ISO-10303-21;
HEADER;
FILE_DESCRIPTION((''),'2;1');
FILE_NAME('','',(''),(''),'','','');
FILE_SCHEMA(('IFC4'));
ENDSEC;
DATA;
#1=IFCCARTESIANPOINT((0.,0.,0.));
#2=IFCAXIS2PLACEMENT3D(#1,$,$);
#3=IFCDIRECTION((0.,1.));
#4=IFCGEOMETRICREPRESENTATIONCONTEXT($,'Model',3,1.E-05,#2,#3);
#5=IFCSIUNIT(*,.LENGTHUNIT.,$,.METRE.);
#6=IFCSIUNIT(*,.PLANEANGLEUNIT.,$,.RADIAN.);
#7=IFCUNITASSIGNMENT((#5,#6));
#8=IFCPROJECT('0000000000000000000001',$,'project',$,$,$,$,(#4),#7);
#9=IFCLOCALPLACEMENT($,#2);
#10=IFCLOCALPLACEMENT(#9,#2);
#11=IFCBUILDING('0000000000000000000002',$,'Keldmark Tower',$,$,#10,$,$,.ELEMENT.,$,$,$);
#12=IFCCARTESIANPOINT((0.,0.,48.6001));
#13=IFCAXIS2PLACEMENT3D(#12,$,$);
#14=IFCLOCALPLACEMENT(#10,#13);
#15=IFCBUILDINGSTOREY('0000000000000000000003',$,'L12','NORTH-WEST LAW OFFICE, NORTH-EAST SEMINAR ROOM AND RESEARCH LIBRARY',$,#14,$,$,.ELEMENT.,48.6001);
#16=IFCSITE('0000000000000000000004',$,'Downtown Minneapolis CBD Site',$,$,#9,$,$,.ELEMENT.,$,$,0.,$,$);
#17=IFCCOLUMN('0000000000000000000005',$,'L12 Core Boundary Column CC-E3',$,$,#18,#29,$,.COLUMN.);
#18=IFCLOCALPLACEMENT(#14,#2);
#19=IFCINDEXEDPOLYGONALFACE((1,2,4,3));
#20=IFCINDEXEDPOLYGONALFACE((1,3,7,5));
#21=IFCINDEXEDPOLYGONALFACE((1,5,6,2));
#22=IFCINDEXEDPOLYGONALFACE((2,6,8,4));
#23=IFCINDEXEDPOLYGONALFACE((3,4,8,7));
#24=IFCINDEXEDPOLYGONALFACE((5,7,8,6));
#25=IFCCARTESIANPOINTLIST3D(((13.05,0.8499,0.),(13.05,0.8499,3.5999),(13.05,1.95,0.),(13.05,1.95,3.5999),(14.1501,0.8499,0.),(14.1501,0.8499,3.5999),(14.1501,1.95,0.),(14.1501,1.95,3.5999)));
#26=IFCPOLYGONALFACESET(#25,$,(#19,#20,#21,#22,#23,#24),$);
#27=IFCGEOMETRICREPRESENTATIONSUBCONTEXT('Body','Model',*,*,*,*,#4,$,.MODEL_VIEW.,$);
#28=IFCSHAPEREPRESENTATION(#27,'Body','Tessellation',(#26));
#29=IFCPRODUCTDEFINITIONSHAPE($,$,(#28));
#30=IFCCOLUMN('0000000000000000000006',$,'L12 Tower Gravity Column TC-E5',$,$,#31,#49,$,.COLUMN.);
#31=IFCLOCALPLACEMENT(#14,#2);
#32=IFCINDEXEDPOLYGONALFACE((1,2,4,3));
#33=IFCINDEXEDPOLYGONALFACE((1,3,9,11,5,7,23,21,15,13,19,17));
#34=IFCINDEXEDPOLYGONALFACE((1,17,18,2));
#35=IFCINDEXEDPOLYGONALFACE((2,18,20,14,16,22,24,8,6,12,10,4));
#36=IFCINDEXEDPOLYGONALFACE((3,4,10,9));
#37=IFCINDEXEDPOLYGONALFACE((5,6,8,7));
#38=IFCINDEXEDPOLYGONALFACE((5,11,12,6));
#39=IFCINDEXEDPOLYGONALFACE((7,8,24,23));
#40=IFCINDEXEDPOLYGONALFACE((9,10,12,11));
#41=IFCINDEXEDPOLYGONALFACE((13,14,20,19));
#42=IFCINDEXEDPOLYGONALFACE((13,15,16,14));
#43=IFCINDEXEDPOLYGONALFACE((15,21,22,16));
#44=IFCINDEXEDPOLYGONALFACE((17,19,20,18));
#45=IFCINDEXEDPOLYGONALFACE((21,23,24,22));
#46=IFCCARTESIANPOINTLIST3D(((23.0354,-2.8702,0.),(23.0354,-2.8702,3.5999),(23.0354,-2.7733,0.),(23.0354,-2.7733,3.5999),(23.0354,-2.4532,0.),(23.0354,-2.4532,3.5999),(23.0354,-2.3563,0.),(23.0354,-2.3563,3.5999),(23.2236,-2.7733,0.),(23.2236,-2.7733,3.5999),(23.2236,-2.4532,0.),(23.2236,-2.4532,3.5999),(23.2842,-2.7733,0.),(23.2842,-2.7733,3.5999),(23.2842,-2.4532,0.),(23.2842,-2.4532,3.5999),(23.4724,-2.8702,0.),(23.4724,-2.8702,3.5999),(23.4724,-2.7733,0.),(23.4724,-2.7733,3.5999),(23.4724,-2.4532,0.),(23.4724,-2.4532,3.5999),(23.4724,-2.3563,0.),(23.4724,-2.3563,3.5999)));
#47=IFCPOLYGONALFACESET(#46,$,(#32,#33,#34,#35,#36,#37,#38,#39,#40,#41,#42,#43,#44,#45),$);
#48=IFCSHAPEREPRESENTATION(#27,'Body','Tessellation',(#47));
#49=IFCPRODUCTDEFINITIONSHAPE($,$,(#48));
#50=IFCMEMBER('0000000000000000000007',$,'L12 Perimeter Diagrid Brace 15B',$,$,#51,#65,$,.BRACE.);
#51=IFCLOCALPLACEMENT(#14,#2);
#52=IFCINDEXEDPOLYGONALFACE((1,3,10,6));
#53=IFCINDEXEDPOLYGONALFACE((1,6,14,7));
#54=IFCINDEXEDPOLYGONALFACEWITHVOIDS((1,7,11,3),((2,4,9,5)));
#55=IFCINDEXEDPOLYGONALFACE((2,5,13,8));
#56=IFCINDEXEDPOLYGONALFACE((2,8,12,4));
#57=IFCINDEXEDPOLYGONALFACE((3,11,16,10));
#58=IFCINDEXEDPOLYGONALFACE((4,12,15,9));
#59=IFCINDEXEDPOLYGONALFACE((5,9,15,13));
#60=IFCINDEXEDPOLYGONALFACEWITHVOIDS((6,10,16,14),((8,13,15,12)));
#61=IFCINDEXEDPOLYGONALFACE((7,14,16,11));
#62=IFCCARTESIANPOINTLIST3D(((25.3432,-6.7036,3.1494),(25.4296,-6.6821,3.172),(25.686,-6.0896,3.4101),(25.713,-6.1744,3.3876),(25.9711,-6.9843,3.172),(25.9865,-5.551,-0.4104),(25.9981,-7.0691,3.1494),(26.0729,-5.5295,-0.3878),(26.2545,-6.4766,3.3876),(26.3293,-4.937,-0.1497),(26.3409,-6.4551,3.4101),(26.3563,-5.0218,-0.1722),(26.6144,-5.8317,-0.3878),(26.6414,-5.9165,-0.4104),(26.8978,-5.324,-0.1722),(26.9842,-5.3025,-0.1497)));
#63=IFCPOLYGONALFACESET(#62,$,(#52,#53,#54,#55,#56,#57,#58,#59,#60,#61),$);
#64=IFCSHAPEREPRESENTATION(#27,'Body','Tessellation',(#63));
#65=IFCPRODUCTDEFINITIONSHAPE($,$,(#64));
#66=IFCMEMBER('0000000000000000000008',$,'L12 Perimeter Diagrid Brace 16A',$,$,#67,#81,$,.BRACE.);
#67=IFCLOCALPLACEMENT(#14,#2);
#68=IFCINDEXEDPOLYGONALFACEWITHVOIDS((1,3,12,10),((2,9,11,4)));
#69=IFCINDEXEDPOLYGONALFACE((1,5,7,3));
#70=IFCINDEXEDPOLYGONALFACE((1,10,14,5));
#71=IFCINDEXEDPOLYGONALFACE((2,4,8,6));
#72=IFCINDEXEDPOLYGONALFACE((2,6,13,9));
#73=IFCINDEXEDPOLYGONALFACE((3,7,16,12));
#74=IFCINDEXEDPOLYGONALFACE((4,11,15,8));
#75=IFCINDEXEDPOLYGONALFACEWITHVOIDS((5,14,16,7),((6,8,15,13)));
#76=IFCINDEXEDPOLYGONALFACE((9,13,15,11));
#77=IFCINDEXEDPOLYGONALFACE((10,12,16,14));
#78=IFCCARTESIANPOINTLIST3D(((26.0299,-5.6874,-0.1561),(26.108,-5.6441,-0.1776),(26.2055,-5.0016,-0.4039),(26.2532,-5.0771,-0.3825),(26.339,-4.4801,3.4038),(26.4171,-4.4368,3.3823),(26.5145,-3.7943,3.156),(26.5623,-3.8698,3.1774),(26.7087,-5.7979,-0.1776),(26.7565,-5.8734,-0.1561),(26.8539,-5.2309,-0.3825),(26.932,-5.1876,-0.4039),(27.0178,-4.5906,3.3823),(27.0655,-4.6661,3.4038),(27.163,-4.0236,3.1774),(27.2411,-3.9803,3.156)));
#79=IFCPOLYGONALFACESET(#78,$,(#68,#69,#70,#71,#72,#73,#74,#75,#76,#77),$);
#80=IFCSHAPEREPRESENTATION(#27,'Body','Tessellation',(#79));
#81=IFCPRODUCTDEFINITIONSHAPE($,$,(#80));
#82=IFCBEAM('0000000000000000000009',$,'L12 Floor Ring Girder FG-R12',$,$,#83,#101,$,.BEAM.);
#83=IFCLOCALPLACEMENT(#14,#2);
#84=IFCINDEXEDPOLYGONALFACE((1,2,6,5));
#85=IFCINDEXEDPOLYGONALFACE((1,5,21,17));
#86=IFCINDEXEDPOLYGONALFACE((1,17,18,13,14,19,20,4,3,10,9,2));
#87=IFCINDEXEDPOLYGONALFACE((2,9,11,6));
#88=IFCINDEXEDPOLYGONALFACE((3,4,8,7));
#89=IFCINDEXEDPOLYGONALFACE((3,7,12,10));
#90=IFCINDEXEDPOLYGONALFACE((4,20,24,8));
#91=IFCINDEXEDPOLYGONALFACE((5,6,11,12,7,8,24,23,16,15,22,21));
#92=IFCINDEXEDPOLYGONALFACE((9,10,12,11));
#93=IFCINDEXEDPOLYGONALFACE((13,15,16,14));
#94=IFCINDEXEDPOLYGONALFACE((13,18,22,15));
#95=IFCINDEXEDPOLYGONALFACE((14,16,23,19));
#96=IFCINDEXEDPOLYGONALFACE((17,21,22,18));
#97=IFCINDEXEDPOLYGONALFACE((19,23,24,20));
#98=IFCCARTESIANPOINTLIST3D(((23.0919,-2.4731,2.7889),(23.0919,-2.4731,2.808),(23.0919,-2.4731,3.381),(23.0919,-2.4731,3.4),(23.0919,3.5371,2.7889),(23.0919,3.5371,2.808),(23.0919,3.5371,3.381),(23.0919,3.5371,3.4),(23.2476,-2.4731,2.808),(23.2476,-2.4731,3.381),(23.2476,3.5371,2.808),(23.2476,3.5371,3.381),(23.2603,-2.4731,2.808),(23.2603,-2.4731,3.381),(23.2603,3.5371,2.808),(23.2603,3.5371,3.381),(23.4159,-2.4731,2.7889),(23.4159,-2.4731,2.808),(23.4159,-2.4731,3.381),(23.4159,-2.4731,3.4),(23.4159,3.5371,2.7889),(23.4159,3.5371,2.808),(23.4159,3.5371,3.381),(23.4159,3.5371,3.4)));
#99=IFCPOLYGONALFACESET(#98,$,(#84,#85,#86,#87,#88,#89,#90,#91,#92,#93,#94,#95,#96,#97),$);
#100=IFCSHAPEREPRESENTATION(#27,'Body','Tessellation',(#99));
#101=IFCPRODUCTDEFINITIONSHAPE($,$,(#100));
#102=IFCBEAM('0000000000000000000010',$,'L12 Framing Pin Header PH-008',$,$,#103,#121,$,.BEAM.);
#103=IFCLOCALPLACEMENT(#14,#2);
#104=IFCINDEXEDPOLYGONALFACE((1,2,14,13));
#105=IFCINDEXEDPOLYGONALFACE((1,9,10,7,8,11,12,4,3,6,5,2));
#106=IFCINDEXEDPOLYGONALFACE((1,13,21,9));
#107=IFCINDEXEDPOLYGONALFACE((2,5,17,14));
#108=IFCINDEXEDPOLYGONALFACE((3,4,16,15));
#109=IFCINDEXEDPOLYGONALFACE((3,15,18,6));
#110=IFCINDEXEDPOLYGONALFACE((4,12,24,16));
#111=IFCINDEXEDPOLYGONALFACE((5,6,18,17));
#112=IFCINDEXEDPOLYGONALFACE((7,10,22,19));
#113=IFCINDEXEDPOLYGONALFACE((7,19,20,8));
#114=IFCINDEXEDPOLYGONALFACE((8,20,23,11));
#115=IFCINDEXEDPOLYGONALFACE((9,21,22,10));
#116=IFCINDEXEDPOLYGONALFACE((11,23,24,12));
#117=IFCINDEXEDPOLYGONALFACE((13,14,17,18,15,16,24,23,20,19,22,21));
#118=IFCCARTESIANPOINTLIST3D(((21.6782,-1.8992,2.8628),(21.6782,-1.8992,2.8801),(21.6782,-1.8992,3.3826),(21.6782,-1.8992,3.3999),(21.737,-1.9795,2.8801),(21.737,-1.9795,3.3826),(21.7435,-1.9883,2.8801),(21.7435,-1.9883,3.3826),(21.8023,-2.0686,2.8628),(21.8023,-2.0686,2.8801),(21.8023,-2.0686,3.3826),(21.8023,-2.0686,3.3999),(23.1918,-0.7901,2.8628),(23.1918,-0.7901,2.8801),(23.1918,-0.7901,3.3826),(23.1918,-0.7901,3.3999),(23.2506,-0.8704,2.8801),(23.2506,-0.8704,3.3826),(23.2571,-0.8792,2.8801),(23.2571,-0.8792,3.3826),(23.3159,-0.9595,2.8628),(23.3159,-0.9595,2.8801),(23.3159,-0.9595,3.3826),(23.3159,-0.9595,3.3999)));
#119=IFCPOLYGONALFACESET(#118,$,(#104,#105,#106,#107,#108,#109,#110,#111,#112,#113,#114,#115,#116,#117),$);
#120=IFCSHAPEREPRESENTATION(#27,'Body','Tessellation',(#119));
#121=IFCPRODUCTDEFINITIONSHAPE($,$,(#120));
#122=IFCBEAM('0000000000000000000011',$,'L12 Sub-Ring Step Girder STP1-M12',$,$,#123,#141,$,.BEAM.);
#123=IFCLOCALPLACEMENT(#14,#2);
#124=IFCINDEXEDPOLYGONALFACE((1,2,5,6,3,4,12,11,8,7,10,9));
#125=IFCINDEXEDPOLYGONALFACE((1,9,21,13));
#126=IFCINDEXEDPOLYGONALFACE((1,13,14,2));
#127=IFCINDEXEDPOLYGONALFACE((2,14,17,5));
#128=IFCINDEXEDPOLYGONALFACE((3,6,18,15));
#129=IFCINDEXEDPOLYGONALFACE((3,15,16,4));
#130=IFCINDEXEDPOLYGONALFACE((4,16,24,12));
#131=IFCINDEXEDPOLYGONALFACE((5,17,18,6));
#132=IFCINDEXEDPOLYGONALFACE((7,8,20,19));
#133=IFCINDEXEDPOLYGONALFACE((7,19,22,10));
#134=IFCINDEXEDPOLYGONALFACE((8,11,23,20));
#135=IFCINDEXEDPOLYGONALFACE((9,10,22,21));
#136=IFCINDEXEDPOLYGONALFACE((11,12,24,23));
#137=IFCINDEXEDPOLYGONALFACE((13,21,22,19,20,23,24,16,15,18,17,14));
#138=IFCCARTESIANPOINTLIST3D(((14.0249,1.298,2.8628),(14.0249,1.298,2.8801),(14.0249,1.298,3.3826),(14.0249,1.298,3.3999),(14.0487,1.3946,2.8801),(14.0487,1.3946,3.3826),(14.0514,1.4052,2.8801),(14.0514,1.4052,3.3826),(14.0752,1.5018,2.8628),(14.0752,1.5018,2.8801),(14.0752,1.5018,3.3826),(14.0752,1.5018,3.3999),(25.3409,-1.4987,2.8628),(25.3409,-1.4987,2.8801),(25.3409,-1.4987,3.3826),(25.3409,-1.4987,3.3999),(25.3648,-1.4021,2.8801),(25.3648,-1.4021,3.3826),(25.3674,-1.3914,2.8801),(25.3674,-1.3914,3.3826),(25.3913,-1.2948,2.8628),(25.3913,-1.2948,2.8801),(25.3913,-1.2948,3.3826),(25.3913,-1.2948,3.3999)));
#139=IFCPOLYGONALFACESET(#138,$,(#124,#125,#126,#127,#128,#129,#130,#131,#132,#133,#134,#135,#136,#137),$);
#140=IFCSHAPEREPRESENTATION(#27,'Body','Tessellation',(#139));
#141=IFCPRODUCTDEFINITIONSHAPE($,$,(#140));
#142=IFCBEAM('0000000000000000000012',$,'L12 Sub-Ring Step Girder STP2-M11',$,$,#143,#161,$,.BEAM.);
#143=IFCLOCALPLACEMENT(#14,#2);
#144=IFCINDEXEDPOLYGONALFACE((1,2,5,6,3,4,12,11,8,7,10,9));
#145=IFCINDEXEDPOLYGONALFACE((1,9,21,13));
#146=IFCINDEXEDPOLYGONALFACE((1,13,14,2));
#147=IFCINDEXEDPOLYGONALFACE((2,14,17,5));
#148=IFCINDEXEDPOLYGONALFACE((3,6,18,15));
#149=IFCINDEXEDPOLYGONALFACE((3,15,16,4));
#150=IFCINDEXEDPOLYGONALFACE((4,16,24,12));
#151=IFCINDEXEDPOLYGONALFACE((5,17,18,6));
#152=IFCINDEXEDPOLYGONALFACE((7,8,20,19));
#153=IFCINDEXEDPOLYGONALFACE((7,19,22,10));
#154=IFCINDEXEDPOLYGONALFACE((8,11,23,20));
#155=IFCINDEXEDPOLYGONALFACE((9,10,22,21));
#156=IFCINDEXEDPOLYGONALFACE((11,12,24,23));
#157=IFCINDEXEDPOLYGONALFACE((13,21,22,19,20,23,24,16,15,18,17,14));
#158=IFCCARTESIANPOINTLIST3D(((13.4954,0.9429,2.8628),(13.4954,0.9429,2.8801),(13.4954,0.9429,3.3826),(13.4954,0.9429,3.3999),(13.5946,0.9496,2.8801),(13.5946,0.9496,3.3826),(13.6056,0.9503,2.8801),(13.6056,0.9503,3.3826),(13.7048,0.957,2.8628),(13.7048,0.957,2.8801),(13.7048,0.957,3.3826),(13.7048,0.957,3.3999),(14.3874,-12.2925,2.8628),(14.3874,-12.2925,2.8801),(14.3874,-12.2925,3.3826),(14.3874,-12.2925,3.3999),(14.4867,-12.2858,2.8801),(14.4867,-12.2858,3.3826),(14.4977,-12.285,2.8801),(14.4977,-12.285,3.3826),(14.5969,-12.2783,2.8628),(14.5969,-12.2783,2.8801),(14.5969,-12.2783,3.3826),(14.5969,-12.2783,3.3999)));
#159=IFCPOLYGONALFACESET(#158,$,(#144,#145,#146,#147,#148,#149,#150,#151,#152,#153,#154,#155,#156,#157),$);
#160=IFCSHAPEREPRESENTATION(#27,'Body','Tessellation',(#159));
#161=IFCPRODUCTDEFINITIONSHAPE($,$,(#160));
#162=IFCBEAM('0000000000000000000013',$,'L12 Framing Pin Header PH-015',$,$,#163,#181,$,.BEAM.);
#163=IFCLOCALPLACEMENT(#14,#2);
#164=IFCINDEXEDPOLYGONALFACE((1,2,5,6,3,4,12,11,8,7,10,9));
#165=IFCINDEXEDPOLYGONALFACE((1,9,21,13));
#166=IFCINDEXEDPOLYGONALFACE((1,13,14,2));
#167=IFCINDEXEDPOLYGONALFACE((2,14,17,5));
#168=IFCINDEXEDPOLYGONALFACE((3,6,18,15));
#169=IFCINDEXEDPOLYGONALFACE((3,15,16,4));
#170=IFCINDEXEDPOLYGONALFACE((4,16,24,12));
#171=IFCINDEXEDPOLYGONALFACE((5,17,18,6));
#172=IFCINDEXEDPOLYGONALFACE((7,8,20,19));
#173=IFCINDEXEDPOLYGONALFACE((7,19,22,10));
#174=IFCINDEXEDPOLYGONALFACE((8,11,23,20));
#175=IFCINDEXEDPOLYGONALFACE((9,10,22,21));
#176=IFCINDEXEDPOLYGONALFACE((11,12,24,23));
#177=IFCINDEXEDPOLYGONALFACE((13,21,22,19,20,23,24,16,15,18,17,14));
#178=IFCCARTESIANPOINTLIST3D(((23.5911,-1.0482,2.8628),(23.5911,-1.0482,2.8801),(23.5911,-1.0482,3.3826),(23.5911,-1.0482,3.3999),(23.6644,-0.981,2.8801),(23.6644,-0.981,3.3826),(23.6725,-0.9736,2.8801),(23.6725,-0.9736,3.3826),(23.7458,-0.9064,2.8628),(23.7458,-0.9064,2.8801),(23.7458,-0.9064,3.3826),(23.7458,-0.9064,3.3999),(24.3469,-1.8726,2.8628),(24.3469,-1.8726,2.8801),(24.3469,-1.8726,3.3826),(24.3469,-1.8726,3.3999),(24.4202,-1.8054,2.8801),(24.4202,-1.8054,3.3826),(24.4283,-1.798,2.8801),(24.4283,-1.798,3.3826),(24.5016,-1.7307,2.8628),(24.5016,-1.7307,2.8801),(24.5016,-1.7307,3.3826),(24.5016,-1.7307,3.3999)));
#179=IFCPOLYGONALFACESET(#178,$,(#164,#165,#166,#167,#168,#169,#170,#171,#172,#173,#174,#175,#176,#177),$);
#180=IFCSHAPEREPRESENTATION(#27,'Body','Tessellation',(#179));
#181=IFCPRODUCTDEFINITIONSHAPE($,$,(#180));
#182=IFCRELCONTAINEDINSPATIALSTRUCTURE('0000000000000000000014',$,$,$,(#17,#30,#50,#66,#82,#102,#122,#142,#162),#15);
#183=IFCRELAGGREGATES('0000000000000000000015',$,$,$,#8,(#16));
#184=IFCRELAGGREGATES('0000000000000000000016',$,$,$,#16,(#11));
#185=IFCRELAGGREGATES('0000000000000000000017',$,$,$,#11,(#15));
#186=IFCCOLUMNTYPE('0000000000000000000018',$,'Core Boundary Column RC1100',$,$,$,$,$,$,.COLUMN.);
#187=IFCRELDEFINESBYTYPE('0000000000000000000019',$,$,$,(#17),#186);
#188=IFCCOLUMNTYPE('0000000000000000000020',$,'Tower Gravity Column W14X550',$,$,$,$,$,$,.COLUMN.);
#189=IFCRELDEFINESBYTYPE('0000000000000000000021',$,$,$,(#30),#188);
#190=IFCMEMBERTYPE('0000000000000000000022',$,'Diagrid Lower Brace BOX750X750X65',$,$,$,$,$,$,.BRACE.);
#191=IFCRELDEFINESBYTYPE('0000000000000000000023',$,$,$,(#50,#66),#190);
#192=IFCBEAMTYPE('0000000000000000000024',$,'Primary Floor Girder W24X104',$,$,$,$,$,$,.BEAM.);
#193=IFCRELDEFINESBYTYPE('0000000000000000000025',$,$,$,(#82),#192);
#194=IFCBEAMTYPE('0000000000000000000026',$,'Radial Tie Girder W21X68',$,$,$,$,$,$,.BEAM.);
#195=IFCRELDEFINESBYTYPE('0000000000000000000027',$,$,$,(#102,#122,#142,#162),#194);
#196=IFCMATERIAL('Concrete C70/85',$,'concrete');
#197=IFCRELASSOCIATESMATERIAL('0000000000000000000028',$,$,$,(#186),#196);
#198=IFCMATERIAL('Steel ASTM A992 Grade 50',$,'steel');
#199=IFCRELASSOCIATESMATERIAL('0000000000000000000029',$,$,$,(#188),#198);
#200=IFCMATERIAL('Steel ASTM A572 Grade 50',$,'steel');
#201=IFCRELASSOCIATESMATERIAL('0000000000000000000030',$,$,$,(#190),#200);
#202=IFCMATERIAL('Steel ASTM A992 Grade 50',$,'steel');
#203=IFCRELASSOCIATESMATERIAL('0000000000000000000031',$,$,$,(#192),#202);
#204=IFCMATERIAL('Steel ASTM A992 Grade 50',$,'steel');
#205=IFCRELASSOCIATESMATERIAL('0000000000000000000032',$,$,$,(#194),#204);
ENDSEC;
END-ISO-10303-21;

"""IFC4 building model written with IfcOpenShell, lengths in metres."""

from ifc_helpers import new_model, si_unit, direction, frame, origin, origin_2d, place, context, subcontext, project, spatial, rectangle, hollow_rectangle, i_section, extrude, material, material_profile, profile_set, type_object, element, save


model = new_model("IFC4")

# Units and contexts
model_context = context("Model", 3, precision=1e-05, world=origin(), true_north=direction((0.0, 1.0)))
body_context = subcontext(model_context, "Body", "Model", "MODEL_VIEW")
ifc_project = project(units=[si_unit("LENGTHUNIT", "METRE"), si_unit("PLANEANGLEUNIT", "RADIAN")], contexts=[model_context])

# Site, building, storey
site_placement = place(None, origin())
site = spatial("IfcSite", under=ifc_project, at=site_placement, Name="Downtown Minneapolis CBD Site", CompositionType="ELEMENT", RefElevation=0.0)
building_placement = place(site_placement, origin())
building = spatial("IfcBuilding", under=site, at=building_placement, Name="Keldmark Tower", CompositionType="ELEMENT")
storey_placement = place(building_placement, frame((0.0, 0.0, 48.6001)))
storey = spatial("IfcBuildingStorey", under=building, at=storey_placement, Name="L12", Description="NORTH-WEST LAW OFFICE, NORTH-EAST SEMINAR ROOM AND RESEARCH LIBRARY", CompositionType="ELEMENT", Elevation=48.6001)

# Columns
ifc_material_1 = material(Name="Concrete C70/85", Category="concrete")
ifc_material_profile_1 = material_profile(ifc_material_1, rectangle(XDim=1.1001, YDim=1.1001, at=origin_2d()), Name="RC1100X1100")
ifc_profile_set_1 = profile_set([ifc_material_profile_1], Name="Concrete C70/85")
column_type_1 = type_object("IfcColumnType", Name="Core Boundary Column RC1100", PredefinedType="COLUMN", material=ifc_profile_set_1)
column_1_placement = place(storey_placement, frame((13.6001, 1.3999, 0.0), z_axis=(0.0, 0.0, 1.0), x_axis=(1.0, 0.0, 0.0)))
element("IfcColumn", 1, at=column_1_placement, inside=storey, type_object=column_type_1, Name="L12 Core Boundary Column CC-E3", PredefinedType="COLUMN", context=body_context, shape_type="SweptSolid", body=[
    extrude(rectangle(XDim=1.1001, YDim=1.1001, at=origin_2d()), origin(), (0.0, 0.0, 1.0), 3.5999),
])
ifc_material_2 = material(Name="Steel ASTM A992 Grade 50", Category="steel")
ifc_material_profile_2 = material_profile(ifc_material_2, i_section(OverallWidth=0.437, OverallDepth=0.5139, WebThickness=0.0605, FlangeThickness=0.0969, at=origin_2d()), Name="W14X550")
ifc_profile_set_2 = profile_set([ifc_material_profile_2], Name="Steel ASTM A992 Grade 50")
column_type_2 = type_object("IfcColumnType", Name="Tower Gravity Column W14X550", PredefinedType="COLUMN", material=ifc_profile_set_2)
column_2_placement = place(storey_placement, frame((23.2539, -2.6133, 0.0), z_axis=(0.0, 0.0, 1.0), x_axis=(1.0, 0.0, 0.0)))
element("IfcColumn", 2, at=column_2_placement, inside=storey, type_object=column_type_2, Name="L12 Tower Gravity Column TC-E5", PredefinedType="COLUMN", context=body_context, shape_type="SweptSolid", body=[
    extrude(i_section(OverallWidth=0.437, OverallDepth=0.5139, WebThickness=0.0605, FlangeThickness=0.0969, at=origin_2d()), origin(), (0.0, 0.0, 1.0), 3.5999),
])

# Members
ifc_material_3 = material(Name="Steel ASTM A572 Grade 50", Category="steel")
ifc_material_profile_3 = material_profile(ifc_material_3, hollow_rectangle(XDim=0.75, YDim=0.75, WallThickness=0.0649, at=origin_2d()), Name="BOX750X750X65")
ifc_profile_set_3 = profile_set([ifc_material_profile_3], Name="Steel ASTM A572 Grade 50")
member_type = type_object("IfcMemberType", Name="Diagrid Lower Brace BOX750X750X65", PredefinedType="BRACE", material=ifc_profile_set_3)
member_1_placement = place(storey_placement, frame((26.4854, -5.4268, -0.28), z_axis=(-0.169441, -0.30358, 0.937619), x_axis=(0.873196, -0.487369, 0.0)))
element("IfcMember", 3, at=member_1_placement, inside=storey, type_object=member_type, Name="L12 Perimeter Diagrid Brace 15B", PredefinedType="BRACE", context=body_context, shape_type="SweptSolid", body=[
    extrude(hollow_rectangle(XDim=0.75, YDim=0.75, WallThickness=0.0649, at=origin_2d()), origin(), (0.0, 0.0, 1.0), 3.7966),
])
member_2_placement = place(storey_placement, frame((26.481, -5.4375, -0.28), z_axis=(0.081949, 0.320092, 0.943835), x_axis=(-0.968756, 0.248017, 0.0)))
element("IfcMember", 4, at=member_2_placement, inside=storey, type_object=member_type, Name="L12 Perimeter Diagrid Brace 16A", PredefinedType="BRACE", context=body_context, shape_type="SweptSolid", body=[
    extrude(hollow_rectangle(XDim=0.75, YDim=0.75, WallThickness=0.0649, at=origin_2d()), origin(), (0.0, 0.0, 1.0), 3.7717),
])

# Beams
ifc_material_4 = material(Name="Steel ASTM A992 Grade 50", Category="steel")
ifc_material_profile_4 = material_profile(ifc_material_4, i_section(OverallWidth=0.324, OverallDepth=0.6111, WebThickness=0.0127, FlangeThickness=0.019, at=origin_2d()), Name="W24X104")
ifc_profile_set_4 = profile_set([ifc_material_profile_4], Name="Steel ASTM A992 Grade 50")
beam_type_1 = type_object("IfcBeamType", Name="Primary Floor Girder W24X104", PredefinedType="BEAM", material=ifc_profile_set_4)
beam_1_placement = place(storey_placement, frame((23.2539, -2.4731, 3.0945), z_axis=(0.0, 1.0, 0.0), x_axis=(-1.0, 0.0, 0.0)))
element("IfcBeam", 5, at=beam_1_placement, inside=storey, type_object=beam_type_1, Name="L12 Floor Ring Girder FG-R12", PredefinedType="BEAM", context=body_context, shape_type="SweptSolid", body=[
    extrude(i_section(OverallWidth=0.324, OverallDepth=0.6111, WebThickness=0.0127, FlangeThickness=0.019, at=origin_2d()), origin(), (0.0, 0.0, 1.0), 6.0103),
])
ifc_material_5 = material(Name="Steel ASTM A992 Grade 50", Category="steel")
ifc_material_profile_5 = material_profile(ifc_material_5, i_section(OverallWidth=0.21, OverallDepth=0.5371, WebThickness=0.011, FlangeThickness=0.0173, at=origin_2d()), Name="W21X68")
ifc_profile_set_5 = profile_set([ifc_material_profile_5], Name="Steel ASTM A992 Grade 50")
beam_type_2 = type_object("IfcBeamType", Name="Radial Tie Girder W21X68", PredefinedType="BEAM", material=ifc_profile_set_5)
beam_2_placement = place(storey_placement, frame((21.7402, -1.9839, 3.1313), z_axis=(0.806632, 0.591053, 0.0), x_axis=(-0.591053, 0.806632, 0.0)))
element("IfcBeam", 6, at=beam_2_placement, inside=storey, type_object=beam_type_2, Name="L12 Framing Pin Header PH-008", PredefinedType="BEAM", context=body_context, shape_type="SweptSolid", body=[
    extrude(i_section(OverallWidth=0.21, OverallDepth=0.5371, WebThickness=0.011, FlangeThickness=0.0173, at=origin_2d()), origin(), (0.0, 0.0, 1.0), 1.8765),
])
beam_3_placement = place(storey_placement, frame((14.05, 1.3999, 3.1313), z_axis=(0.970792, -0.239923, 0.0), x_axis=(0.239923, 0.970792, 0.0)))
element("IfcBeam", 7, at=beam_3_placement, inside=storey, type_object=beam_type_2, Name="L12 Sub-Ring Step Girder STP1-M12", PredefinedType="BEAM", context=body_context, shape_type="SweptSolid", body=[
    extrude(i_section(OverallWidth=0.21, OverallDepth=0.5371, WebThickness=0.011, FlangeThickness=0.0173, at=origin_2d()), origin(), (0.0, 0.0, 1.0), 11.6565),
])
beam_4_placement = place(storey_placement, frame((13.6001, 0.95, 3.1313), z_axis=(0.067249, -0.997736, 0.0), x_axis=(0.997736, 0.067249, 0.0)))
element("IfcBeam", 8, at=beam_4_placement, inside=storey, type_object=beam_type_2, Name="L12 Sub-Ring Step Girder STP2-M11", PredefinedType="BEAM", context=body_context, shape_type="SweptSolid", body=[
    extrude(i_section(OverallWidth=0.21, OverallDepth=0.5371, WebThickness=0.011, FlangeThickness=0.0173, at=origin_2d()), origin(), (0.0, 0.0, 1.0), 13.2654),
])
beam_5_placement = place(storey_placement, frame((23.6685, -0.9773, 3.1313), z_axis=(0.675774, -0.737109, 0.0), x_axis=(0.737109, 0.675774, 0.0)))
element("IfcBeam", 9, at=beam_5_placement, inside=storey, type_object=beam_type_2, Name="L12 Framing Pin Header PH-015", PredefinedType="BEAM", context=body_context, shape_type="SweptSolid", body=[
    extrude(i_section(OverallWidth=0.21, OverallDepth=0.5371, WebThickness=0.011, FlangeThickness=0.0173, at=origin_2d()), origin(), (0.0, 0.0, 1.0), 1.1184),
])

save(model, "model.ifc")
